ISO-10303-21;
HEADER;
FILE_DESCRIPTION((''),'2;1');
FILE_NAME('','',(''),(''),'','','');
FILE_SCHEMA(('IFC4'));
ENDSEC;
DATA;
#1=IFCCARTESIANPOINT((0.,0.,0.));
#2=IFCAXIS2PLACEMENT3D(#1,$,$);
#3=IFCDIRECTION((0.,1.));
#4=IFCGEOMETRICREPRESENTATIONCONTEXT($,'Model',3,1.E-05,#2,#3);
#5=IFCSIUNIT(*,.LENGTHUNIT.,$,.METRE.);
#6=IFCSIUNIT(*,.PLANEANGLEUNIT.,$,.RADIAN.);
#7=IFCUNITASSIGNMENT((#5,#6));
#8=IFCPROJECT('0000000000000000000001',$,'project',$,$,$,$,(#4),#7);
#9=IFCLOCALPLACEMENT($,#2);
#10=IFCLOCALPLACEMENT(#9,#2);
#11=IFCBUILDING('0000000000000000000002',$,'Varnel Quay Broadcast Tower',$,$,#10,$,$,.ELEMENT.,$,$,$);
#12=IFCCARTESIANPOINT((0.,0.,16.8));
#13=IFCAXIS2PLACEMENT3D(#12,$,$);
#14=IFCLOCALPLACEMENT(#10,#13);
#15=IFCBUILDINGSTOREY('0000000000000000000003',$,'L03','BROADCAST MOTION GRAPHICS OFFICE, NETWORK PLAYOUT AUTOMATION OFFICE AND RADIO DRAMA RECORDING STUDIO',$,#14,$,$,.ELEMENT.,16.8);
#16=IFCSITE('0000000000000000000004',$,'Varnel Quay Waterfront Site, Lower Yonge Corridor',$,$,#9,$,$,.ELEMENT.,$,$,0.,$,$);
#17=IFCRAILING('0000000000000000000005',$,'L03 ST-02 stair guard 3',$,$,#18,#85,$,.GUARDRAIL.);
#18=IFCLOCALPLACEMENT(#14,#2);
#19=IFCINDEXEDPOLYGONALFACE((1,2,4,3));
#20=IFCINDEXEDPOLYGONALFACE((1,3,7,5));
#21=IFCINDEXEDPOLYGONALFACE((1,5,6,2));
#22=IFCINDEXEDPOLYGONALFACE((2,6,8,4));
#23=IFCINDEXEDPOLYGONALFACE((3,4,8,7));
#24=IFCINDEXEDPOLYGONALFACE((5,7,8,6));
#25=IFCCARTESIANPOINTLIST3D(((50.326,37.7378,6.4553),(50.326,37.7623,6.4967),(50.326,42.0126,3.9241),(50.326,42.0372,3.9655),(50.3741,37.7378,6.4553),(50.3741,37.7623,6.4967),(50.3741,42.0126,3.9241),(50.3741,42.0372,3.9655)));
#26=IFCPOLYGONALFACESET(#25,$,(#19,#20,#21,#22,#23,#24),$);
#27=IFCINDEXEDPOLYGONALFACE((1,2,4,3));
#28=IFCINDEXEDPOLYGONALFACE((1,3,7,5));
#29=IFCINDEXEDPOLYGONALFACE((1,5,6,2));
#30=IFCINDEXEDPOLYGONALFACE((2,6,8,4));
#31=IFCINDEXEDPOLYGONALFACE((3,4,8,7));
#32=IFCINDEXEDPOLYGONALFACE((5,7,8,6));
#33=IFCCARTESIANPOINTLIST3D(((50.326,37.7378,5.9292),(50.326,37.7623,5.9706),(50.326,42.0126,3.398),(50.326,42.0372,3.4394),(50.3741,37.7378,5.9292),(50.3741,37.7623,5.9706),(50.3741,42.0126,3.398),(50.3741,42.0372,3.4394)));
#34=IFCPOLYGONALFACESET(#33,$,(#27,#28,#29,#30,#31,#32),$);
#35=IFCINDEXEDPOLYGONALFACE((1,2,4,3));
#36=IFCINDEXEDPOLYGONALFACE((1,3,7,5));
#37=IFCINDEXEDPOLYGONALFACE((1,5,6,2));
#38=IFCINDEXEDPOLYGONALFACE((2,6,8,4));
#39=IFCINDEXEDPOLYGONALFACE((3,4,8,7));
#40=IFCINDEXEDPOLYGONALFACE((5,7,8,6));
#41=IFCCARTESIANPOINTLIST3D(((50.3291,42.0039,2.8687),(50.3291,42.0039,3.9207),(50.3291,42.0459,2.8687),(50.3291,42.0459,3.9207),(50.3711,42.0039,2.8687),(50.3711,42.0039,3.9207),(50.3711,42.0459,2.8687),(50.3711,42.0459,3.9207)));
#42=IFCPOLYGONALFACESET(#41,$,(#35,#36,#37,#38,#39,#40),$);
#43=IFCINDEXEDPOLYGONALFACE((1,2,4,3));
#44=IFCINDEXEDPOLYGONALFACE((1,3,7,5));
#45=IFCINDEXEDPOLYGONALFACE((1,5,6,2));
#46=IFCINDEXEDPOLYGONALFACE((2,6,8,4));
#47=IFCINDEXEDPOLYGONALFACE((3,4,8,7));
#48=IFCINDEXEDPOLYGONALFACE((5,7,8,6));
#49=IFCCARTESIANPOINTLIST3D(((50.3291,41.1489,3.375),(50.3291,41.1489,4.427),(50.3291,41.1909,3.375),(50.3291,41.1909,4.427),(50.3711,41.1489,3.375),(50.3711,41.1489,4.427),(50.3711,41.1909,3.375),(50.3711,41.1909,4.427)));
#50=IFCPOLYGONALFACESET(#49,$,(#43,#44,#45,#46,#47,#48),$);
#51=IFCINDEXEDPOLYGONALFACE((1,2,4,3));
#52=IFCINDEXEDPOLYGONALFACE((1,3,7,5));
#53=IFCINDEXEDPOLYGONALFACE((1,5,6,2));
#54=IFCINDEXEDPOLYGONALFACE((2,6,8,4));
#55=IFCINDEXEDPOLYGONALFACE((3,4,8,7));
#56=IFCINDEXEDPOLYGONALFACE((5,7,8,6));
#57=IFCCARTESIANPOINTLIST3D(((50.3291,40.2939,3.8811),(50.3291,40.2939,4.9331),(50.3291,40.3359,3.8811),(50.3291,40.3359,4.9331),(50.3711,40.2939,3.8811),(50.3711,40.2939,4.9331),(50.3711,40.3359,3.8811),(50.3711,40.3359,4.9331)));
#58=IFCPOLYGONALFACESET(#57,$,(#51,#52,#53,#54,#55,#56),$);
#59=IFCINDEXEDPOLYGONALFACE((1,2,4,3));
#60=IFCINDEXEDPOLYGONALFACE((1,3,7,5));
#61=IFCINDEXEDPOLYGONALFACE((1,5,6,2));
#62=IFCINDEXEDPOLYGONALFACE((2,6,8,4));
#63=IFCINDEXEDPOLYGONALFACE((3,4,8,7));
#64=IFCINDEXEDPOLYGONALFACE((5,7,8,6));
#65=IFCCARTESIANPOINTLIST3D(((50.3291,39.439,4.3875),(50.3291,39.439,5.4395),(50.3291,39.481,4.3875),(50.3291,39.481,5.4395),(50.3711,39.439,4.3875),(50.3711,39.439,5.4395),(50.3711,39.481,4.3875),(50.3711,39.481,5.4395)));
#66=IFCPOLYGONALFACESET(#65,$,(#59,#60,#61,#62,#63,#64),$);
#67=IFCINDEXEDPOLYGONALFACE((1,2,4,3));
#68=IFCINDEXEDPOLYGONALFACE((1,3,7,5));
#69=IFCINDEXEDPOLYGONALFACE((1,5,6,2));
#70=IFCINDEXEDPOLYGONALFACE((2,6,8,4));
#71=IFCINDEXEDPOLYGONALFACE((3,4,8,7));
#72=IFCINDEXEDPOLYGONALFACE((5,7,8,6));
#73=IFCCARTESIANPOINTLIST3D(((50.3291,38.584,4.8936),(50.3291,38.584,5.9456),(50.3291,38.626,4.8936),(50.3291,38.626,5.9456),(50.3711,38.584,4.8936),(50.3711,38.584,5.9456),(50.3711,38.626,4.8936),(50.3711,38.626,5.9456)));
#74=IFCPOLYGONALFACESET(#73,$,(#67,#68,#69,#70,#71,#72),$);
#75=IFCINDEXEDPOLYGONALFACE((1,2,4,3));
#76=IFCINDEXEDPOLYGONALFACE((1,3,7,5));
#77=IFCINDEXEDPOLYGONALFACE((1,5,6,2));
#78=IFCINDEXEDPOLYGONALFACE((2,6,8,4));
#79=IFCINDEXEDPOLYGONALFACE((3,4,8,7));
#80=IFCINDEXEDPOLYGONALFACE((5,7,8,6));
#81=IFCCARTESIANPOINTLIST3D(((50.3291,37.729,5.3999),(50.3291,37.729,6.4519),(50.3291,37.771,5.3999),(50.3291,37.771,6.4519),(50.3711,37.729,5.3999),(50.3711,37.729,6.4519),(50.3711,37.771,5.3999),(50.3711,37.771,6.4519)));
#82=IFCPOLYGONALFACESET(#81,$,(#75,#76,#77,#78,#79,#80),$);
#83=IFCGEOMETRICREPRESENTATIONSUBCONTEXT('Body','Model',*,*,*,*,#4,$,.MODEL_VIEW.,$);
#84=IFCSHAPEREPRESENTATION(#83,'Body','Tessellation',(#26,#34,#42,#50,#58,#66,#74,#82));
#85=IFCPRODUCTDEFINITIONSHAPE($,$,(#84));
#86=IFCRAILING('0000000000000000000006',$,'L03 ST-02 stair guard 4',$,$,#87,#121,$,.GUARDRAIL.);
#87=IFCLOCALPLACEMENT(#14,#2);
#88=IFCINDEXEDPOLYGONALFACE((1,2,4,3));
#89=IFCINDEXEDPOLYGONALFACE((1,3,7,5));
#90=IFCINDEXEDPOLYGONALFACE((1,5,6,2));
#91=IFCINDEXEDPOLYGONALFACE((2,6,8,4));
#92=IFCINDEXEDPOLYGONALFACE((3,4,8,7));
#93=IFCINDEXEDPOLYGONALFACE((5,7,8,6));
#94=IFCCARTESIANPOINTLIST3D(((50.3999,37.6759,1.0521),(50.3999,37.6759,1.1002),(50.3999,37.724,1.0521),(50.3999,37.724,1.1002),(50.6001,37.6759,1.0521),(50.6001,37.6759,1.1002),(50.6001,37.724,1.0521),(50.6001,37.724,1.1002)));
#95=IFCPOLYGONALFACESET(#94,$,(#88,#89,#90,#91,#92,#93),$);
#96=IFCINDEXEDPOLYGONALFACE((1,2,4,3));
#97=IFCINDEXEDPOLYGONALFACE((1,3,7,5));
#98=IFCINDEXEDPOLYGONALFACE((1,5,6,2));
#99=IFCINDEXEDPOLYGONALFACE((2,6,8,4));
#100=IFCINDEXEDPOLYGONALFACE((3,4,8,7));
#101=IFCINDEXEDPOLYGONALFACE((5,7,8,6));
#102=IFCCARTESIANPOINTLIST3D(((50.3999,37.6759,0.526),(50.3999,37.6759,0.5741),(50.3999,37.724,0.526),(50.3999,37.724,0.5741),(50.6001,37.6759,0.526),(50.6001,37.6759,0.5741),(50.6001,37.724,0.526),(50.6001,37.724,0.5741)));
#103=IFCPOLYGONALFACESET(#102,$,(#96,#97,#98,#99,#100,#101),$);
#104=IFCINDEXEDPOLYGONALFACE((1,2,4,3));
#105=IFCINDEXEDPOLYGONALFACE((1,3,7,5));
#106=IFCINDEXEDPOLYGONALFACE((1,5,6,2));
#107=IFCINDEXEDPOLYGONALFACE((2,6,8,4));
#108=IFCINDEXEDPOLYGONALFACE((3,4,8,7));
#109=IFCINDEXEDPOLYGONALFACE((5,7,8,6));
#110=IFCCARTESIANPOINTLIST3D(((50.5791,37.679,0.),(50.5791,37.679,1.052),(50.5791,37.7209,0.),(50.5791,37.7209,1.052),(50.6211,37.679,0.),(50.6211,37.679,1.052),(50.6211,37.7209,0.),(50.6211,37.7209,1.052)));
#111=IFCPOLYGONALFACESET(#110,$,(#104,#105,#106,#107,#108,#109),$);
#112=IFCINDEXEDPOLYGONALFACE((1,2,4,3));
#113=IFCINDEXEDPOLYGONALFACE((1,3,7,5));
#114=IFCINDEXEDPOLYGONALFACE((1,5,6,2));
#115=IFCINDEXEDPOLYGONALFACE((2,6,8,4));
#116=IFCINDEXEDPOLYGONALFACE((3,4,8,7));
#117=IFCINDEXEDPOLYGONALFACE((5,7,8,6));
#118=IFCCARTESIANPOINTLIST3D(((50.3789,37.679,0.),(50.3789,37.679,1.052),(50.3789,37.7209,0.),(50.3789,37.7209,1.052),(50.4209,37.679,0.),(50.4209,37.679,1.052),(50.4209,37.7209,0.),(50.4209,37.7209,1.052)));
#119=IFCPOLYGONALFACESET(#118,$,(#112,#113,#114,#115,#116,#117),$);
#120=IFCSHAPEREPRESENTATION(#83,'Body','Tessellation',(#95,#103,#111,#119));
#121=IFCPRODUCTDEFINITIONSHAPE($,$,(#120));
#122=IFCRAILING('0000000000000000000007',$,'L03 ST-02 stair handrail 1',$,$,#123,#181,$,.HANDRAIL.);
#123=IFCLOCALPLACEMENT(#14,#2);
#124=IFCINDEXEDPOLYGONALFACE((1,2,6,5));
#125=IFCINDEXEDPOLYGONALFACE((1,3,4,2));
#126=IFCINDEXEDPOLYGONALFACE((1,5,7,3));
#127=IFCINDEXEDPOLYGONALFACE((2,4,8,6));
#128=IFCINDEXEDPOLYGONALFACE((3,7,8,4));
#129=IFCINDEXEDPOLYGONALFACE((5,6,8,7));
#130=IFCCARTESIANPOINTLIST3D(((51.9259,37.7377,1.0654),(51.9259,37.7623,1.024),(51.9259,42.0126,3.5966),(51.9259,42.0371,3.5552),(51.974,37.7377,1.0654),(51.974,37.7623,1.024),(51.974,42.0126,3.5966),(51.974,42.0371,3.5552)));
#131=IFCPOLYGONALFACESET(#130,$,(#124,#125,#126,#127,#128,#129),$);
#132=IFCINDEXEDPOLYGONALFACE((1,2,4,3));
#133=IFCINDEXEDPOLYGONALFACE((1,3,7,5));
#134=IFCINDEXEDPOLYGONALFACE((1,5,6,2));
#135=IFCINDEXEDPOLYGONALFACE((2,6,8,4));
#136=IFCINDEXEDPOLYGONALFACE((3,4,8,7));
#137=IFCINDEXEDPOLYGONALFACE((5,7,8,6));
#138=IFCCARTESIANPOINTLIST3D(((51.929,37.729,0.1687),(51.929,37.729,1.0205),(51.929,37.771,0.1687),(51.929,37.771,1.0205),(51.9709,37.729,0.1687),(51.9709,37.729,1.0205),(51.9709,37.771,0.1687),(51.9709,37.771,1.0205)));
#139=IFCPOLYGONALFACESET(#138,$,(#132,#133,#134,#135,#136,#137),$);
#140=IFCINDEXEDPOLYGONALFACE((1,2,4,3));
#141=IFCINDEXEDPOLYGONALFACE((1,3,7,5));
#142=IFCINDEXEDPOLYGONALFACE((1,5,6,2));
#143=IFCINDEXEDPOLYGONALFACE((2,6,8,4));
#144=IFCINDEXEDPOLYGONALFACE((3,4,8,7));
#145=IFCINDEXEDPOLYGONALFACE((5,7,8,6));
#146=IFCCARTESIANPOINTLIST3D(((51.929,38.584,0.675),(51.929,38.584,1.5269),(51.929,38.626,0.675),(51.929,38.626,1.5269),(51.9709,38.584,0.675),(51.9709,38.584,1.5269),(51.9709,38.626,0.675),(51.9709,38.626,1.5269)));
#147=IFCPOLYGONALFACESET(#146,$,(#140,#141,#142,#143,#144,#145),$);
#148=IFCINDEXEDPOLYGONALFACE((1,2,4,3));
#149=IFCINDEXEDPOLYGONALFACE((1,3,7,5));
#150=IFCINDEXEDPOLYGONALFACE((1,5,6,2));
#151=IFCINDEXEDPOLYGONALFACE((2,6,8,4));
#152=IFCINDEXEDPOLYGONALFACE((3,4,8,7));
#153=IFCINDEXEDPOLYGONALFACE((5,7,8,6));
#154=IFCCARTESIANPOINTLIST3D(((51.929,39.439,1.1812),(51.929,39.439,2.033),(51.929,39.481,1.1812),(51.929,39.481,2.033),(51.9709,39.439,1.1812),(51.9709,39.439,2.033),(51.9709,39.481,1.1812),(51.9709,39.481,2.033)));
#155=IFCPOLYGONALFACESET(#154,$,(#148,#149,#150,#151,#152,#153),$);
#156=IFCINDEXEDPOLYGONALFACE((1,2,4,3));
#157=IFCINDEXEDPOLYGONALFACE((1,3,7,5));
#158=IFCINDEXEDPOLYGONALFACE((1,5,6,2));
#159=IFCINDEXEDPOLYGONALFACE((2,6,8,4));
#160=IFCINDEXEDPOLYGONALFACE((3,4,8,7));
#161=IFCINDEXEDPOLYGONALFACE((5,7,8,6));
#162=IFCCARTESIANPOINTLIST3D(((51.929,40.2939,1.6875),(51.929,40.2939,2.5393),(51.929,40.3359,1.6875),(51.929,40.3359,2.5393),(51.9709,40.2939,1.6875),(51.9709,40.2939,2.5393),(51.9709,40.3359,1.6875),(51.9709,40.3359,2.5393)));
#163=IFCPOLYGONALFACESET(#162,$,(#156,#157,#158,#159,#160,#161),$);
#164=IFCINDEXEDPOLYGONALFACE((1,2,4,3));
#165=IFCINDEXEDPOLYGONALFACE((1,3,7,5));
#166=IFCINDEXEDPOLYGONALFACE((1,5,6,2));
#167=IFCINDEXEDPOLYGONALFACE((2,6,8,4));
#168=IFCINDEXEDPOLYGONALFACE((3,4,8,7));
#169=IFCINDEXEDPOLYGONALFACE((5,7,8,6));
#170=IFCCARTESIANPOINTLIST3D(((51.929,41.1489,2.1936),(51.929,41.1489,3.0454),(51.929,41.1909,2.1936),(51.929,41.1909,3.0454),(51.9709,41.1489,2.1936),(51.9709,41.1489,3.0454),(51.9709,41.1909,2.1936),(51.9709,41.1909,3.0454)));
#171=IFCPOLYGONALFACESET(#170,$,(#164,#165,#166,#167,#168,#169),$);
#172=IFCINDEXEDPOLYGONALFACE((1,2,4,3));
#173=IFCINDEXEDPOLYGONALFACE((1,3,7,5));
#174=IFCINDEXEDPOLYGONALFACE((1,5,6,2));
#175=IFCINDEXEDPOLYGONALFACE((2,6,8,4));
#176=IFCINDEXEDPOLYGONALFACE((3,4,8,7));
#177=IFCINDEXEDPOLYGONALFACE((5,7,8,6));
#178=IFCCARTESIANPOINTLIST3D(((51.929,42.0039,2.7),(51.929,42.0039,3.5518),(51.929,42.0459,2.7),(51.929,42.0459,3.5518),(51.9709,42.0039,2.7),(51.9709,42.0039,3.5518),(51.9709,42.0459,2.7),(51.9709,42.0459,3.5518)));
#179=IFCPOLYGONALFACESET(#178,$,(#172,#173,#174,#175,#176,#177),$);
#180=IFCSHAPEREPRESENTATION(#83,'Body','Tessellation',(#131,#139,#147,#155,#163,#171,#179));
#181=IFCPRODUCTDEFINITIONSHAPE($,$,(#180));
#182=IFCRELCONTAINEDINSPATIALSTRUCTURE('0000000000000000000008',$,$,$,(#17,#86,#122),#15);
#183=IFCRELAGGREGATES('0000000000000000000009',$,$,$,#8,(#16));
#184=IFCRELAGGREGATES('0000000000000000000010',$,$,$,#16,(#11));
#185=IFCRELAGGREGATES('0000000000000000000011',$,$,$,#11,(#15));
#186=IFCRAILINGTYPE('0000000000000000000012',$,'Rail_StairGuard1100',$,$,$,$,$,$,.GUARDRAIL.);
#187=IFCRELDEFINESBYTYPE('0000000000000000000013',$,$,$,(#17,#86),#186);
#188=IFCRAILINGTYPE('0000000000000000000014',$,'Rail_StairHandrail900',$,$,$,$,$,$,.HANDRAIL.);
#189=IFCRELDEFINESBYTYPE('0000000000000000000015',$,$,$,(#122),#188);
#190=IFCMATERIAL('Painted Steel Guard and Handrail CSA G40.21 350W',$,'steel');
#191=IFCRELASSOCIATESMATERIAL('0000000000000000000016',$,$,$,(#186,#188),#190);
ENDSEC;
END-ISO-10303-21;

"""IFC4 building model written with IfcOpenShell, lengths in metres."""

from ifc_helpers import new_model, si_unit, direction, frame, origin, origin_2d, place, context, subcontext, project, spatial, rectangle, extrude, material, type_object, element, save


model = new_model("IFC4")

# Units and contexts
model_context = context("Model", 3, precision=1e-05, world=origin(), true_north=direction((0.0, 1.0)))
body_context = subcontext(model_context, "Body", "Model", "MODEL_VIEW")
ifc_project = project(units=[si_unit("LENGTHUNIT", "METRE"), si_unit("PLANEANGLEUNIT", "RADIAN")], contexts=[model_context])

# Site, building, storey
site_placement = place(None, origin())
site = spatial("IfcSite", under=ifc_project, at=site_placement, Name="Varnel Quay Waterfront Site, Lower Yonge Corridor", CompositionType="ELEMENT", RefElevation=0.0)
building_placement = place(site_placement, origin())
building = spatial("IfcBuilding", under=site, at=building_placement, Name="Varnel Quay Broadcast Tower", CompositionType="ELEMENT")
storey_placement = place(building_placement, frame((0.0, 0.0, 16.8)))
storey = spatial("IfcBuildingStorey", under=building, at=storey_placement, Name="L03", Description="BROADCAST MOTION GRAPHICS OFFICE, NETWORK PLAYOUT AUTOMATION OFFICE AND RADIO DRAMA RECORDING STUDIO", CompositionType="ELEMENT", Elevation=16.8)

# Railings
ifc_material_1 = material(Name="Painted Steel Guard and Handrail CSA G40.21 350W", Category="steel")
railing_type_1 = type_object("IfcRailingType", Name="Rail_StairGuard1100", PredefinedType="GUARDRAIL", material=ifc_material_1)
railing_1_placement = place(storey_placement, frame((50.3501, 42.0249, 2.8687)))
element("IfcRailing", 1, at=railing_1_placement, inside=storey, type_object=railing_type_1, Name="L03 ST-02 stair guard 3", PredefinedType="GUARDRAIL", context=body_context, shape_type="SweptSolid", body=[
    extrude(rectangle(XDim=0.0481, YDim=0.0481, at=origin_2d()), frame((0.0, 0.0, 1.0762), z_axis=(0.0, -0.86047, 0.509501), x_axis=(1.0, 0.0, 0.0)), (0.0, 0.0, 1.0), 4.968),
    extrude(rectangle(XDim=0.0481, YDim=0.0481, at=origin_2d()), frame((0.0, 0.0, 0.55), z_axis=(0.0, -0.86047, 0.509501), x_axis=(1.0, 0.0, 0.0)), (0.0, 0.0, 1.0), 4.968),
    extrude(rectangle(XDim=0.042, YDim=0.042, at=origin_2d()), origin(), (0.0, 0.0, 1.0), 1.052),
    extrude(rectangle(XDim=0.042, YDim=0.042, at=origin_2d()), frame((0.0, -0.855, 0.5063)), (0.0, 0.0, 1.0), 1.052),
    extrude(rectangle(XDim=0.042, YDim=0.042, at=origin_2d()), frame((0.0, -1.71, 1.0125)), (0.0, 0.0, 1.0), 1.052),
    extrude(rectangle(XDim=0.042, YDim=0.042, at=origin_2d()), frame((0.0, -2.5649, 1.5188)), (0.0, 0.0, 1.0), 1.052),
    extrude(rectangle(XDim=0.042, YDim=0.042, at=origin_2d()), frame((0.0, -3.4199, 2.0249)), (0.0, 0.0, 1.0), 1.052),
    extrude(rectangle(XDim=0.042, YDim=0.042, at=origin_2d()), frame((0.0, -4.2749, 2.5312)), (0.0, 0.0, 1.0), 1.052),
])
railing_2_placement = place(storey_placement, frame((50.6001, 37.7, 0.0)))
element("IfcRailing", 2, at=railing_2_placement, inside=storey, type_object=railing_type_1, Name="L03 ST-02 stair guard 4", PredefinedType="GUARDRAIL", context=body_context, shape_type="SweptSolid", body=[
    extrude(rectangle(XDim=0.0481, YDim=0.0481, at=origin_2d()), frame((0.0, 0.0, 1.0762), z_axis=(-1.0, 0.0, 0.0), x_axis=(0.0, -1.0, 0.0)), (0.0, 0.0, 1.0), 0.2002),
    extrude(rectangle(XDim=0.0481, YDim=0.0481, at=origin_2d()), frame((0.0, 0.0, 0.55), z_axis=(-1.0, 0.0, 0.0), x_axis=(0.0, -1.0, 0.0)), (0.0, 0.0, 1.0), 0.2002),
    extrude(rectangle(XDim=0.042, YDim=0.042, at=origin_2d()), origin(), (0.0, 0.0, 1.0), 1.052),
    extrude(rectangle(XDim=0.042, YDim=0.042, at=origin_2d()), frame((-0.2002, 0.0, 0.0)), (0.0, 0.0, 1.0), 1.052),
])
railing_type_2 = type_object("IfcRailingType", Name="Rail_StairHandrail900", PredefinedType="HANDRAIL", material=ifc_material_1)
railing_3_placement = place(storey_placement, frame((51.95, 37.75, 0.1687)))
element("IfcRailing", 3, at=railing_3_placement, inside=storey, type_object=railing_type_2, Name="L03 ST-02 stair handrail 1", PredefinedType="HANDRAIL", context=body_context, shape_type="SweptSolid", body=[
    extrude(rectangle(XDim=0.0481, YDim=0.0481, at=origin_2d()), frame((0.0, 0.0, 0.876), z_axis=(0.0, 0.86047, 0.509501), x_axis=(-1.0, 0.0, 0.0)), (0.0, 0.0, 1.0), 4.968),
    extrude(rectangle(XDim=0.042, YDim=0.042, at=origin_2d()), origin(), (0.0, 0.0, 1.0), 0.8518),
    extrude(rectangle(XDim=0.042, YDim=0.042, at=origin_2d()), frame((0.0, 0.855, 0.5063)), (0.0, 0.0, 1.0), 0.8518),
    extrude(rectangle(XDim=0.042, YDim=0.042, at=origin_2d()), frame((0.0, 1.71, 1.0125)), (0.0, 0.0, 1.0), 0.8518),
    extrude(rectangle(XDim=0.042, YDim=0.042, at=origin_2d()), frame((0.0, 2.5649, 1.5188)), (0.0, 0.0, 1.0), 0.8518),
    extrude(rectangle(XDim=0.042, YDim=0.042, at=origin_2d()), frame((0.0, 3.4199, 2.0249)), (0.0, 0.0, 1.0), 0.8518),
    extrude(rectangle(XDim=0.042, YDim=0.042, at=origin_2d()), frame((0.0, 4.2749, 2.5312)), (0.0, 0.0, 1.0), 0.8518),
])

save(model, "model.ifc")
